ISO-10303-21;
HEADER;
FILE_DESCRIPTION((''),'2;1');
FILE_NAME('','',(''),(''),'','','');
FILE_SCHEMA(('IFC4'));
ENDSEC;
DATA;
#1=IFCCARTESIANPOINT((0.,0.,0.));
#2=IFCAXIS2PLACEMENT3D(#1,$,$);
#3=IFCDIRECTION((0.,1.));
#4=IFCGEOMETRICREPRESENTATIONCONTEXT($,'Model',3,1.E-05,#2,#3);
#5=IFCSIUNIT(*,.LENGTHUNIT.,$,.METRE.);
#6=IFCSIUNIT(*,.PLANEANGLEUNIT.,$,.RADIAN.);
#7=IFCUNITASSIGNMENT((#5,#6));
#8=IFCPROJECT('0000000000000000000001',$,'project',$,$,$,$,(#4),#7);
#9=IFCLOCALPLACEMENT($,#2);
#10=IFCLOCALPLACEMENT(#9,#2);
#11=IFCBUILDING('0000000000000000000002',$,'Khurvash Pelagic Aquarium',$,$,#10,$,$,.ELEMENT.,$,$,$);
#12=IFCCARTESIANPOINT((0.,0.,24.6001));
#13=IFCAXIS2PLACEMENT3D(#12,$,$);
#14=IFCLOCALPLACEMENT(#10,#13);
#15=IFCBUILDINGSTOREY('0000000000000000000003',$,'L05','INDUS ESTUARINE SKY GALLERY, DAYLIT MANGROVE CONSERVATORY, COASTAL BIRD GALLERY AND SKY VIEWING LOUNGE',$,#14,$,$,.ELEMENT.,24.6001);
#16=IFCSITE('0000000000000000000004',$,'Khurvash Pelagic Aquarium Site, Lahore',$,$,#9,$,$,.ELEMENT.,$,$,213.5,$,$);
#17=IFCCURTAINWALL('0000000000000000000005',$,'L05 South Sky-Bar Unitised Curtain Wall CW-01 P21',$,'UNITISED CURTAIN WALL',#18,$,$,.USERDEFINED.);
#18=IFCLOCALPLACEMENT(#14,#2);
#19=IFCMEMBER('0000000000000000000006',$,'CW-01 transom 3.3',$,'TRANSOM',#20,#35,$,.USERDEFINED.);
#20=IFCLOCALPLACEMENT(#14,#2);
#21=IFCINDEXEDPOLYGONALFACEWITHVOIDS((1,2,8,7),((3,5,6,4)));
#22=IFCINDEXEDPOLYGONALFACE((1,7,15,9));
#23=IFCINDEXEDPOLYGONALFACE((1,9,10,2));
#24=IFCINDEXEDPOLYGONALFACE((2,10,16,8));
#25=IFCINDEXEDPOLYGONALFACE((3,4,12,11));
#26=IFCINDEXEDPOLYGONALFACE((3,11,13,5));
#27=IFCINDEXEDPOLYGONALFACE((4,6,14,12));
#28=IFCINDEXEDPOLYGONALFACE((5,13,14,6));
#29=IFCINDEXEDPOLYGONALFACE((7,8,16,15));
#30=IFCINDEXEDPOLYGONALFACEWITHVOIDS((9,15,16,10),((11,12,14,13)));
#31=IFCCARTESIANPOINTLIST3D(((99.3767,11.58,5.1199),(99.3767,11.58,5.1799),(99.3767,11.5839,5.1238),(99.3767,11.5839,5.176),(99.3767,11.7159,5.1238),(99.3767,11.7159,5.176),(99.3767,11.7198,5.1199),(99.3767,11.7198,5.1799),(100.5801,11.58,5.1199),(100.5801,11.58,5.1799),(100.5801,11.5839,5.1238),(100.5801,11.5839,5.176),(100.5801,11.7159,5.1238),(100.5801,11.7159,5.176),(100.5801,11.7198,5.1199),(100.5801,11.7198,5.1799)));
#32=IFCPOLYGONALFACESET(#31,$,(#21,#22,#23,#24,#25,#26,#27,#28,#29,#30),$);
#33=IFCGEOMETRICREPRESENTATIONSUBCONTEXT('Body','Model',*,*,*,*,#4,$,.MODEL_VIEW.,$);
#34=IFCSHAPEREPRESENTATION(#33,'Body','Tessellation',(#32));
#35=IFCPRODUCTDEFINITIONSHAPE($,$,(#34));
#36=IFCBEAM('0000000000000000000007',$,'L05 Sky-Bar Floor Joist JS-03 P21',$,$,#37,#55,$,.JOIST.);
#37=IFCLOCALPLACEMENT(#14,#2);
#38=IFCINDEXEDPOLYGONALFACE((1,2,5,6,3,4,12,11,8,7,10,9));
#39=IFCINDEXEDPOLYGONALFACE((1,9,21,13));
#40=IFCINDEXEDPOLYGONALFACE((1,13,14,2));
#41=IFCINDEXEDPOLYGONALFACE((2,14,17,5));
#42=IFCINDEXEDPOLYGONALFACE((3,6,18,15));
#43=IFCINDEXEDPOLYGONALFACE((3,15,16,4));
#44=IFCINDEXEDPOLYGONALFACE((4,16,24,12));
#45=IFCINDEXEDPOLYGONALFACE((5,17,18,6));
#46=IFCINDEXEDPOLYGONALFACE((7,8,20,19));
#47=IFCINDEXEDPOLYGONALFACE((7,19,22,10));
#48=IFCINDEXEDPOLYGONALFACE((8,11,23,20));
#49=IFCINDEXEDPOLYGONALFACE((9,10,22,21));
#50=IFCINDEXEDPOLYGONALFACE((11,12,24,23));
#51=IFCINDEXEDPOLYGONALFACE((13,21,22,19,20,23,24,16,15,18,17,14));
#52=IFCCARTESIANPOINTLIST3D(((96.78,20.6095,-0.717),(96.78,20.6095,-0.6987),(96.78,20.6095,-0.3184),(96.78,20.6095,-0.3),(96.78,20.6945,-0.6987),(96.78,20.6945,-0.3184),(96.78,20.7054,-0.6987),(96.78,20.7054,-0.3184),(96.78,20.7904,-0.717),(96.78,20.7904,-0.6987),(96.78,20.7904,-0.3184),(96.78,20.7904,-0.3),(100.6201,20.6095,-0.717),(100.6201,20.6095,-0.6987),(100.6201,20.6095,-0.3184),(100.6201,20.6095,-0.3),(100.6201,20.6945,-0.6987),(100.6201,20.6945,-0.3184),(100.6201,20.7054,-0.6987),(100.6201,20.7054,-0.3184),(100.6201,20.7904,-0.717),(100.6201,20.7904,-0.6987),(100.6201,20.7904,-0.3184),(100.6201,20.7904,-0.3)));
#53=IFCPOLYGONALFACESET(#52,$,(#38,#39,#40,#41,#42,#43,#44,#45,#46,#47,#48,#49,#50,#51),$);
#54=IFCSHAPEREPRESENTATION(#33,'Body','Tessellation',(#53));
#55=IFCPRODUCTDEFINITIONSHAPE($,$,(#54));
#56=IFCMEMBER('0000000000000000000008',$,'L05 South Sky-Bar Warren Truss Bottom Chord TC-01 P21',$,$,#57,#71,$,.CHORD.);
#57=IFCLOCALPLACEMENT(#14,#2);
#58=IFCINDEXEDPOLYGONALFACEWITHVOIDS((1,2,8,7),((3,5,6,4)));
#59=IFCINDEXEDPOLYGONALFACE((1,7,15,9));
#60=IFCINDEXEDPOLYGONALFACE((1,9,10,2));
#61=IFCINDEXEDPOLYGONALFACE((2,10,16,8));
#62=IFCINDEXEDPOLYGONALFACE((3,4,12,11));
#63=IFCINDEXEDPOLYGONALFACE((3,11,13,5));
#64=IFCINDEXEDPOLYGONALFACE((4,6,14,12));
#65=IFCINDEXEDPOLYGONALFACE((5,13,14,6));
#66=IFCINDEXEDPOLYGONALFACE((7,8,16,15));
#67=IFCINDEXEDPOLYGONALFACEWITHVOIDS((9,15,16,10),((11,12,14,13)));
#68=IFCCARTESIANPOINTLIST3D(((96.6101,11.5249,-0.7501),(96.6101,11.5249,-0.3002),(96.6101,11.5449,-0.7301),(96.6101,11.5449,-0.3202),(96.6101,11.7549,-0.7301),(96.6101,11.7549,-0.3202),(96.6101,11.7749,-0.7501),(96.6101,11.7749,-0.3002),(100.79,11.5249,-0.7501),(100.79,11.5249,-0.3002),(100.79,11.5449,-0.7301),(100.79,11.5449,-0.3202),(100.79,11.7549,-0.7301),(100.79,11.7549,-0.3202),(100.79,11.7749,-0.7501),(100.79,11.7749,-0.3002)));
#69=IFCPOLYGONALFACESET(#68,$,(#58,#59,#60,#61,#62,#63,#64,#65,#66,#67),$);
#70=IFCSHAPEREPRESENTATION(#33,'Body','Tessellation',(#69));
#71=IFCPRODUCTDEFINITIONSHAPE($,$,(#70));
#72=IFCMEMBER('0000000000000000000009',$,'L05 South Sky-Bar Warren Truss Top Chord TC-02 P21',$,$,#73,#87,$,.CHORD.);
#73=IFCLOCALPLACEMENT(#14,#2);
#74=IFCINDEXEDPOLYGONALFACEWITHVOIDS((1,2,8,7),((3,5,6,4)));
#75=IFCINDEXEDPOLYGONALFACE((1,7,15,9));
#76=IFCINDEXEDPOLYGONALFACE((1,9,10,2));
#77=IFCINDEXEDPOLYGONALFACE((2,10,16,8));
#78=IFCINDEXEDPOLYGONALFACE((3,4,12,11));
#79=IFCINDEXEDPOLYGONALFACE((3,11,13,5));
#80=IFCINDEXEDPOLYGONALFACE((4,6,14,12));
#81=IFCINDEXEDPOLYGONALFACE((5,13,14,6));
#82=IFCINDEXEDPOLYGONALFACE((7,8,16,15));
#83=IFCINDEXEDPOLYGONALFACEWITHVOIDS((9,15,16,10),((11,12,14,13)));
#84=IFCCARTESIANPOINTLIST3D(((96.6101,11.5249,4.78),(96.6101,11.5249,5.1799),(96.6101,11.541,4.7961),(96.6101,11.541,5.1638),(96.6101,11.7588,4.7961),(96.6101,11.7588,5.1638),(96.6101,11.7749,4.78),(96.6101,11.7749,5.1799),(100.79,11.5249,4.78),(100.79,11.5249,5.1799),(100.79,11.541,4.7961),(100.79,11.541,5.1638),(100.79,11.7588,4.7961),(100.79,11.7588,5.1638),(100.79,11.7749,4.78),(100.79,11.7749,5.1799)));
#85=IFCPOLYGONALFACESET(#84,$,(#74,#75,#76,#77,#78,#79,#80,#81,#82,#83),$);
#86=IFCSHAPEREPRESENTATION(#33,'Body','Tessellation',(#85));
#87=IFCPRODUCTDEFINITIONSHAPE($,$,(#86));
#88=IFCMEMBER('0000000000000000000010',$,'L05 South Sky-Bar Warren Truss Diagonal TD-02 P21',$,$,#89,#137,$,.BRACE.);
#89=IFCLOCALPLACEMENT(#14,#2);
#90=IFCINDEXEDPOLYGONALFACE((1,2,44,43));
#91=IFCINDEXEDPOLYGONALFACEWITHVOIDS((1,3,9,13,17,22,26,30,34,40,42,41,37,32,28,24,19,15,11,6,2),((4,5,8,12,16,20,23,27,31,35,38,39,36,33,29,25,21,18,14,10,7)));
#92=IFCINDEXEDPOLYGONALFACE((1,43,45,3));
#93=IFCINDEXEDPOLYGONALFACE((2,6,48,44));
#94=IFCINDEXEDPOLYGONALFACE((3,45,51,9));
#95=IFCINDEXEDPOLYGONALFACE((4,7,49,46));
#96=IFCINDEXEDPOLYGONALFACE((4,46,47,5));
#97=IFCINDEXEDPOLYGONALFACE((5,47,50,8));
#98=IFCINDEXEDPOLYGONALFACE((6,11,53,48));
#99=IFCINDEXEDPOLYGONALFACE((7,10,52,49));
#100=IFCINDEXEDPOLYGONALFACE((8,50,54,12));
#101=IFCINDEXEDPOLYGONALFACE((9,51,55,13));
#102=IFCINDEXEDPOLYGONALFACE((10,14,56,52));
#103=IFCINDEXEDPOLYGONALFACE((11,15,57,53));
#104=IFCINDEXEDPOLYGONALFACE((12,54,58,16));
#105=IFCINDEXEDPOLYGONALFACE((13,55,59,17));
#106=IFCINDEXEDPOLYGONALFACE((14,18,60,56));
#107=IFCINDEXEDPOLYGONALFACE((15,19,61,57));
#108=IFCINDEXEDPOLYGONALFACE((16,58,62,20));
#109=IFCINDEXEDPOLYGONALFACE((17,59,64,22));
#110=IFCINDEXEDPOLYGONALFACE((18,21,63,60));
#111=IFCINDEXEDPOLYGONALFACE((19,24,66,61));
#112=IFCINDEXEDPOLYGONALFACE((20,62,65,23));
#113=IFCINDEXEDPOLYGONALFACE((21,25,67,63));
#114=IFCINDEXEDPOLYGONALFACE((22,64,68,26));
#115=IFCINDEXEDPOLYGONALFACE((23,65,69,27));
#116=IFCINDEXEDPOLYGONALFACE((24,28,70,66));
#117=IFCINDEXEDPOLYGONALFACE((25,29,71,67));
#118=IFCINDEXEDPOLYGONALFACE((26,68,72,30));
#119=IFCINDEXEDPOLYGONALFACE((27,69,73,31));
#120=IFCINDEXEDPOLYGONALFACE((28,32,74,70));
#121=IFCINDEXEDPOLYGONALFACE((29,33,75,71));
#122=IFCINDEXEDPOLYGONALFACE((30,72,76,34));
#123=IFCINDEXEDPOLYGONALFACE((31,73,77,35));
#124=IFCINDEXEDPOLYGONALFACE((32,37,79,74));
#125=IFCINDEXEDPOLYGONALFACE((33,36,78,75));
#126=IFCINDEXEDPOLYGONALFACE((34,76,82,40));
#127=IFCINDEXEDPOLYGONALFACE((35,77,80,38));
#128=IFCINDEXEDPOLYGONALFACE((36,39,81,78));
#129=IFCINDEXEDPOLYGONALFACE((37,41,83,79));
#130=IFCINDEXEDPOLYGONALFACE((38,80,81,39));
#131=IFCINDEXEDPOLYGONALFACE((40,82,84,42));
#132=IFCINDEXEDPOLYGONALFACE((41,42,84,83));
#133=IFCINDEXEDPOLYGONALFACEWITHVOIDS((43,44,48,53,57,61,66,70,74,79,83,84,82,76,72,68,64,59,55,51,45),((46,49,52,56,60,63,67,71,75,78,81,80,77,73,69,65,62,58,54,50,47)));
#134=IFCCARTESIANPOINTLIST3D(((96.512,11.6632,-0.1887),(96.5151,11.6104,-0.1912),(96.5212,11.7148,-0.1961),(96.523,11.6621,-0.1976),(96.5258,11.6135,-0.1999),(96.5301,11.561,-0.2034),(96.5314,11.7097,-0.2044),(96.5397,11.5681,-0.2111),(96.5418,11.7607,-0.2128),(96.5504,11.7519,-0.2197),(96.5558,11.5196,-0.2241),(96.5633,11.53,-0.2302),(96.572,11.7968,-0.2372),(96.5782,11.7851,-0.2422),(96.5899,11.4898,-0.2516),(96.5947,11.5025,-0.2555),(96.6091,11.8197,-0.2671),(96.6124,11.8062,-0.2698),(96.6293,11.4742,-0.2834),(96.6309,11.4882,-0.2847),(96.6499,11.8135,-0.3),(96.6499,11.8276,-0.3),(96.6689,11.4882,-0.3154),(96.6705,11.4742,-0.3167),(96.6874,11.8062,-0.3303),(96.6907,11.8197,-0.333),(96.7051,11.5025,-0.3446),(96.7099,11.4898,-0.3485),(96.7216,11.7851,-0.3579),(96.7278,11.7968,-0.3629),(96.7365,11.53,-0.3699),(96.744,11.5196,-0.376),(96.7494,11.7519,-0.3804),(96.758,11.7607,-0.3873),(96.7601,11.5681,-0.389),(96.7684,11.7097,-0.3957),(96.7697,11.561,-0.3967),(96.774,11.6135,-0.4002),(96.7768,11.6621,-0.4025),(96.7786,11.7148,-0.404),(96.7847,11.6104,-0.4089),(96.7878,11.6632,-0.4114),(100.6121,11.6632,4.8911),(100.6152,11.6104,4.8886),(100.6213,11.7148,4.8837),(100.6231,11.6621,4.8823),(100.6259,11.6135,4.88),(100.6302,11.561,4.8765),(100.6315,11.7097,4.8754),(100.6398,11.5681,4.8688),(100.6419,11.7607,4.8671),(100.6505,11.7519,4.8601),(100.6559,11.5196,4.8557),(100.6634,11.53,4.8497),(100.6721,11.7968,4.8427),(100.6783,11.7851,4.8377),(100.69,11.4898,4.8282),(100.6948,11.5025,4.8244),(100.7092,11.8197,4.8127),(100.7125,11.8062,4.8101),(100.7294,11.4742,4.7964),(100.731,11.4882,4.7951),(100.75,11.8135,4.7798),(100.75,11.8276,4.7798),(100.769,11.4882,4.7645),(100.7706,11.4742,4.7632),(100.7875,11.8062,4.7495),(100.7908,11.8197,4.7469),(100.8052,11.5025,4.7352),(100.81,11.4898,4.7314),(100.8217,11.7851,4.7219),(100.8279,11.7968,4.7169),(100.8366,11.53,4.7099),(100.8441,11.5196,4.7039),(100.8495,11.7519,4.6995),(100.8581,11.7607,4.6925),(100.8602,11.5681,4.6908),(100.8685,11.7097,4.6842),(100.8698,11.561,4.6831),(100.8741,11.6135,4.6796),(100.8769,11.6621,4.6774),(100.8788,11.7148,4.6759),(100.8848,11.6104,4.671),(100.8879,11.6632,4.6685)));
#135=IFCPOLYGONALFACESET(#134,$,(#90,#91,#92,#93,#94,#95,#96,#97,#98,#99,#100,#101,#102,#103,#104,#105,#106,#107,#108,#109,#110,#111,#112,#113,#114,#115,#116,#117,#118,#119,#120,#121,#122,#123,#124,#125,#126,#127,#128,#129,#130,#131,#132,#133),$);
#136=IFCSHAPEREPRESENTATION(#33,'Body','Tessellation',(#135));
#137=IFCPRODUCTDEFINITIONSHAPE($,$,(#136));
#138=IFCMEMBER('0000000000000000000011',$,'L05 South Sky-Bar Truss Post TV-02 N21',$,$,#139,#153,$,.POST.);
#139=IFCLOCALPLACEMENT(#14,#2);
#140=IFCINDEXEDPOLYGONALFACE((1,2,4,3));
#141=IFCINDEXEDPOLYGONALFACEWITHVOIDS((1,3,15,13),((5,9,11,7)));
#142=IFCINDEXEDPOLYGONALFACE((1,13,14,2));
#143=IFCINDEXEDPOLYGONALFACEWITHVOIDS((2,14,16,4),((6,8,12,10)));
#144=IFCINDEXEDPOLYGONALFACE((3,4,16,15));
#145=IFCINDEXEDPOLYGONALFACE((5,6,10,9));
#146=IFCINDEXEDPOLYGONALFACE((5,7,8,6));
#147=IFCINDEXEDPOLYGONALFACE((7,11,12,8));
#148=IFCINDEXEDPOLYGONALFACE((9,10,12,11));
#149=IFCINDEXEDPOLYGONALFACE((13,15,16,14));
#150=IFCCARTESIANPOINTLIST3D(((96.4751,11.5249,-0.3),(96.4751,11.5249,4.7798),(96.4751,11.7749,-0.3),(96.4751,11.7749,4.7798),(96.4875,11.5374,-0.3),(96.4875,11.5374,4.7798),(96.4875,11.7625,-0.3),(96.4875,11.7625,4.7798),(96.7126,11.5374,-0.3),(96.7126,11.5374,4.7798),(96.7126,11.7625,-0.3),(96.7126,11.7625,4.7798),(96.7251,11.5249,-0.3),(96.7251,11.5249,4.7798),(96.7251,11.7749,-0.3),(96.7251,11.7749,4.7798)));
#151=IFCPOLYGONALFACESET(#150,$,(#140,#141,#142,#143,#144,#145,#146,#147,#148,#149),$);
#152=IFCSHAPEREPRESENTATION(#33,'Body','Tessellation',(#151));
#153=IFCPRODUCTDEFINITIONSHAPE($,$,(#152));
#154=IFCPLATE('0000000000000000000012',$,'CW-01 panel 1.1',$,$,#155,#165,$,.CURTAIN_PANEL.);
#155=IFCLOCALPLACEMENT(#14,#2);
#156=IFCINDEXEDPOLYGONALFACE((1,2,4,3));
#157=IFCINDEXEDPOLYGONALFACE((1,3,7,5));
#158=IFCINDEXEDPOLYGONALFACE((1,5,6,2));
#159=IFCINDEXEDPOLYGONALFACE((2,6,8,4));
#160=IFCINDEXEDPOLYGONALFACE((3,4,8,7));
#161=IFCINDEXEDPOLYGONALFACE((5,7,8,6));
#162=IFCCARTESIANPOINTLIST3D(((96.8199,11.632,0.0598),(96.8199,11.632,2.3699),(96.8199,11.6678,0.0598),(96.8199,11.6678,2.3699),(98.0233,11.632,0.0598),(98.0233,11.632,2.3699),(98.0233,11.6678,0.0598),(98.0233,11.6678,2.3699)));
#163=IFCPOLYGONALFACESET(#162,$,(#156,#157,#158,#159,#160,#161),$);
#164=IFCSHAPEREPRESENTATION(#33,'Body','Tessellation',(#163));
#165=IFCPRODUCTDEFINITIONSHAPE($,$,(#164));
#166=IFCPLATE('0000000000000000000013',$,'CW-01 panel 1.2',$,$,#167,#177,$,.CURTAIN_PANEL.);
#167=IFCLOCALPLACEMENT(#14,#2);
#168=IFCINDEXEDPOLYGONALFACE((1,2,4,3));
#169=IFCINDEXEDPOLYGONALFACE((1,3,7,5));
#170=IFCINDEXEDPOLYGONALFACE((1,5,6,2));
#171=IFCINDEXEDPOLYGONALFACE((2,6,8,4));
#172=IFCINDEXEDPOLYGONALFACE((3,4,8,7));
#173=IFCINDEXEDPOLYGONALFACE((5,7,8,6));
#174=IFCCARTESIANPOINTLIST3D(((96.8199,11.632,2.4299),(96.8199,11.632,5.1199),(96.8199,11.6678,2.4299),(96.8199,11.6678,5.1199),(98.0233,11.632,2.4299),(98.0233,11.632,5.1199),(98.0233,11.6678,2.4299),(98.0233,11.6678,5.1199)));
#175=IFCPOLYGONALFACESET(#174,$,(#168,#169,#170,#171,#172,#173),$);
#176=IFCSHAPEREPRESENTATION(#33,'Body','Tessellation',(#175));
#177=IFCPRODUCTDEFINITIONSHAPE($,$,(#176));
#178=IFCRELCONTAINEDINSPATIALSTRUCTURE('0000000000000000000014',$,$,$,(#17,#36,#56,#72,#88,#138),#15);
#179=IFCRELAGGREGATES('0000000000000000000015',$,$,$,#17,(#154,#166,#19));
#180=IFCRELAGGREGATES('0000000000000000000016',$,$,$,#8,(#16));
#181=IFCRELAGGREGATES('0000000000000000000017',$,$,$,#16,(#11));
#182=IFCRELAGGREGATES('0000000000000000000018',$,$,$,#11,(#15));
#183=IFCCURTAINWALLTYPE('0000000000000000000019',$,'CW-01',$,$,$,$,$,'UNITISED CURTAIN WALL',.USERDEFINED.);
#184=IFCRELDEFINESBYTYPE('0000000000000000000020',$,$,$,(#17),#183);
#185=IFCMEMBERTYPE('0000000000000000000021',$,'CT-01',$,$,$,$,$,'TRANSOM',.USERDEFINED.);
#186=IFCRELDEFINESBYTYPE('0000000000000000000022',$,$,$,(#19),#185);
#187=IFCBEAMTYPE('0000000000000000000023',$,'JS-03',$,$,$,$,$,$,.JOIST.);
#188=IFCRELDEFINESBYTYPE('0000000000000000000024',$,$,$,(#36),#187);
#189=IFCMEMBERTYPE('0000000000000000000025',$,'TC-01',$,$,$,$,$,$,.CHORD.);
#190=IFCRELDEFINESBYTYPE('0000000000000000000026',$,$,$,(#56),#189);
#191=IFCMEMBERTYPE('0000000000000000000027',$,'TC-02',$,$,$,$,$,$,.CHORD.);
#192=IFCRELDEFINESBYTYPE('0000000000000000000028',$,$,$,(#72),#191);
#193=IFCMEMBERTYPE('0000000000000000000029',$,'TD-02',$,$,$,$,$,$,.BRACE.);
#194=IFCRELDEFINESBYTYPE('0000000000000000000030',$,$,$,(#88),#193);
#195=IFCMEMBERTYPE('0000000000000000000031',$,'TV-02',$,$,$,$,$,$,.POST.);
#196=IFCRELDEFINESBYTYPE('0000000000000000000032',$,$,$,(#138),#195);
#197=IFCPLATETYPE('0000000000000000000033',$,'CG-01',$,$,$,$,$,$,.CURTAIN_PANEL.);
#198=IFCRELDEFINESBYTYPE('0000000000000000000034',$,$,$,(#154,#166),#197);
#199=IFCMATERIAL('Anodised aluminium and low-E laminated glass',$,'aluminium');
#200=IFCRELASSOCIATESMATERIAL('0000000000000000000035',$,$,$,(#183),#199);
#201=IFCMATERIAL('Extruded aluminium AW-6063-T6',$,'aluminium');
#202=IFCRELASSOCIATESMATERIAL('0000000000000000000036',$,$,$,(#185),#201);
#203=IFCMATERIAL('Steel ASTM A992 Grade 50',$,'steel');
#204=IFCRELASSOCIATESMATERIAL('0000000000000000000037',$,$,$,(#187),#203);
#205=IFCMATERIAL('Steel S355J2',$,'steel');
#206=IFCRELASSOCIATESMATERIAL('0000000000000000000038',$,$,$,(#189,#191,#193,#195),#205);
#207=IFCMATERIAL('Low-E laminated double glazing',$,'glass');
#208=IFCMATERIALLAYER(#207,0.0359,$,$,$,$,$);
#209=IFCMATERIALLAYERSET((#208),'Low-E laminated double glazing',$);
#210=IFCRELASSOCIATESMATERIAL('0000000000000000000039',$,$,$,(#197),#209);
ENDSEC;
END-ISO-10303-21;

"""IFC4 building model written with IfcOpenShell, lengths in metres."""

from ifc_helpers import new_model, si_unit, direction, frame, origin, origin_2d, place, context, subcontext, project, spatial, rectangle, hollow_rectangle, hollow_circle, i_section, extrude, material, layer, layer_set, material_profile, profile_set, type_object, element, aggregate, save


model = new_model("IFC4")

# Units and contexts
model_context = context("Model", 3, precision=1e-05, world=origin(), true_north=direction((0.0, 1.0)))
body_context = subcontext(model_context, "Body", "Model", "MODEL_VIEW")
ifc_project = project(units=[si_unit("LENGTHUNIT", "METRE"), si_unit("PLANEANGLEUNIT", "RADIAN")], contexts=[model_context])

# Site, building, storey
site_placement = place(None, origin())
site = spatial("IfcSite", under=ifc_project, at=site_placement, Name="Khurvash Pelagic Aquarium Site, Lahore", CompositionType="ELEMENT", RefElevation=213.5)
building_placement = place(site_placement, origin())
building = spatial("IfcBuilding", under=site, at=building_placement, Name="Khurvash Pelagic Aquarium", CompositionType="ELEMENT")
storey_placement = place(building_placement, frame((0.0, 0.0, 24.6001)))
storey = spatial("IfcBuildingStorey", under=building, at=storey_placement, Name="L05", Description="INDUS ESTUARINE SKY GALLERY, DAYLIT MANGROVE CONSERVATORY, COASTAL BIRD GALLERY AND SKY VIEWING LOUNGE", CompositionType="ELEMENT", Elevation=24.6001)

# Curtain wall, member
ifc_material_1 = material(Name="Anodised aluminium and low-E laminated glass", Category="aluminium")
curtain_wall_type = type_object("IfcCurtainWallType", Name="CW-01", ElementType="UNITISED CURTAIN WALL", PredefinedType="USERDEFINED", material=ifc_material_1)
curtain_wall_placement = place(storey_placement, origin())
curtain_wall = element("IfcCurtainWall", 1, at=curtain_wall_placement, inside=storey, type_object=curtain_wall_type, Name="L05 South Sky-Bar Unitised Curtain Wall CW-01 P21", ObjectType="UNITISED CURTAIN WALL", PredefinedType="USERDEFINED")
ifc_material_2 = material(Name="Extruded aluminium AW-6063-T6", Category="aluminium")
ifc_material_profile_1 = material_profile(ifc_material_2, hollow_rectangle(XDim=0.1399, YDim=0.0601, WallThickness=0.0039, at=origin_2d()), Name="CWT140X60X4")
ifc_profile_set_1 = profile_set([ifc_material_profile_1], Name="Extruded aluminium AW-6063-T6")
member_type_1 = type_object("IfcMemberType", Name="CT-01", ElementType="TRANSOM", PredefinedType="USERDEFINED", material=ifc_profile_set_1)
member_1_placement = place(storey_placement, frame((99.3767, 11.6499, 5.1499), z_axis=(1.0, 0.0, 0.0), x_axis=(0.0, 1.0, 0.0)))
member_1 = element("IfcMember", 2, at=member_1_placement, type_object=member_type_1, Name="CW-01 transom 3.3", ObjectType="TRANSOM", PredefinedType="USERDEFINED", context=body_context, shape_type="SweptSolid", body=[
    extrude(hollow_rectangle(XDim=0.1399, YDim=0.0601, WallThickness=0.0039, at=origin_2d()), origin(), (0.0, 0.0, 1.0), 1.2034),
])

# Beam
ifc_material_3 = material(Name="Steel ASTM A992 Grade 50", Category="steel")
ifc_material_profile_2 = material_profile(ifc_material_3, i_section(OverallWidth=0.1809, OverallDepth=0.417, WebThickness=0.011, FlangeThickness=0.0183, at=origin_2d()), Name="W16X57")
ifc_profile_set_2 = profile_set([ifc_material_profile_2], Name="Steel ASTM A992 Grade 50")
beam_type = type_object("IfcBeamType", Name="JS-03", PredefinedType="JOIST", material=ifc_profile_set_2)
beam_placement = place(storey_placement, frame((96.78, 20.7, -0.5085), z_axis=(1.0, 0.0, 0.0), x_axis=(0.0, 1.0, 0.0)))
element("IfcBeam", 3, at=beam_placement, inside=storey, type_object=beam_type, Name="L05 Sky-Bar Floor Joist JS-03 P21", PredefinedType="JOIST", context=body_context, shape_type="SweptSolid", body=[
    extrude(i_section(OverallWidth=0.1809, OverallDepth=0.417, WebThickness=0.011, FlangeThickness=0.0183, at=origin_2d()), origin(), (0.0, 0.0, 1.0), 3.8401),
])

# Members
ifc_material_4 = material(Name="Steel S355J2", Category="steel")
ifc_material_profile_3 = material_profile(ifc_material_4, hollow_rectangle(XDim=0.25, YDim=0.45, WallThickness=0.02, at=origin_2d()), Name="RHS450X250X20")
ifc_profile_set_3 = profile_set([ifc_material_profile_3], Name="Steel S355J2")
member_type_2 = type_object("IfcMemberType", Name="TC-01", PredefinedType="CHORD", material=ifc_profile_set_3)
member_2_placement = place(storey_placement, frame((96.6101, 11.6499, -0.5251), z_axis=(1.0, 0.0, 0.0), x_axis=(0.0, 1.0, 0.0)))
element("IfcMember", 4, at=member_2_placement, inside=storey, type_object=member_type_2, Name="L05 South Sky-Bar Warren Truss Bottom Chord TC-01 P21", PredefinedType="CHORD", context=body_context, shape_type="SweptSolid", body=[
    extrude(hollow_rectangle(XDim=0.25, YDim=0.45, WallThickness=0.02, at=origin_2d()), origin(), (0.0, 0.0, 1.0), 4.1799),
])
ifc_material_profile_4 = material_profile(ifc_material_4, hollow_rectangle(XDim=0.25, YDim=0.3999, WallThickness=0.0161, at=origin_2d()), Name="RHS400X250X16")
ifc_profile_set_4 = profile_set([ifc_material_profile_4], Name="Steel S355J2")
member_type_3 = type_object("IfcMemberType", Name="TC-02", PredefinedType="CHORD", material=ifc_profile_set_4)
member_3_placement = place(storey_placement, frame((96.6101, 11.6499, 4.98), z_axis=(1.0, 0.0, 0.0), x_axis=(0.0, 1.0, 0.0)))
element("IfcMember", 5, at=member_3_placement, inside=storey, type_object=member_type_3, Name="L05 South Sky-Bar Warren Truss Top Chord TC-02 P21", PredefinedType="CHORD", context=body_context, shape_type="SweptSolid", body=[
    extrude(hollow_rectangle(XDim=0.25, YDim=0.3999, WallThickness=0.0161, at=origin_2d()), origin(), (0.0, 0.0, 1.0), 4.1799),
])
ifc_material_profile_5 = material_profile(ifc_material_4, hollow_circle(Radius=0.1777, WallThickness=0.0142, at=origin_2d()), Name="CHS355X14")
ifc_profile_set_5 = profile_set([ifc_material_profile_5], Name="Steel S355J2")
member_type_4 = type_object("IfcMemberType", Name="TD-02", PredefinedType="BRACE", material=ifc_profile_set_5)
member_4_placement = place(storey_placement, frame((96.6499, 11.6499, -0.3), z_axis=(0.628073, 0.0, 0.778154), x_axis=(0.0, 1.0, 0.0)))
element("IfcMember", 6, at=member_4_placement, inside=storey, type_object=member_type_4, Name="L05 South Sky-Bar Warren Truss Diagonal TD-02 P21", PredefinedType="BRACE", context=body_context, shape_type="SweptSolid", body=[
    extrude(hollow_circle(Radius=0.1777, WallThickness=0.0142, at=origin_2d()), origin(), (0.0, 0.0, 1.0), 6.5281),
])
ifc_material_profile_6 = material_profile(ifc_material_4, hollow_rectangle(XDim=0.25, YDim=0.25, WallThickness=0.0125, at=origin_2d()), Name="SHS250X250X12")
ifc_profile_set_6 = profile_set([ifc_material_profile_6], Name="Steel S355J2")
member_type_5 = type_object("IfcMemberType", Name="TV-02", PredefinedType="POST", material=ifc_profile_set_6)
member_5_placement = place(storey_placement, frame((96.6001, 11.6499, -0.3), z_axis=(0.0, 0.0, 1.0), x_axis=(1.0, 0.0, 0.0)))
element("IfcMember", 7, at=member_5_placement, inside=storey, type_object=member_type_5, Name="L05 South Sky-Bar Truss Post TV-02 N21", PredefinedType="POST", context=body_context, shape_type="SweptSolid", body=[
    extrude(hollow_rectangle(XDim=0.25, YDim=0.25, WallThickness=0.0125, at=origin_2d()), origin(), (0.0, 0.0, 1.0), 5.0798),
])

# Plates
ifc_material_5 = material(Name="Low-E laminated double glazing", Category="glass")
ifc_layer_1 = layer(ifc_material_5, 0.0359)
ifc_layer_set_1 = layer_set([ifc_layer_1], Name="Low-E laminated double glazing")
plate_type_1 = type_object("IfcPlateType", Name="CG-01", PredefinedType="CURTAIN_PANEL", material=ifc_layer_set_1)
plate_1_placement = place(storey_placement, frame((97.4216, 11.6499, 0.0598), z_axis=(0.0, 0.0, 1.0), x_axis=(1.0, 0.0, 0.0)))
plate_1 = element("IfcPlate", 8, at=plate_1_placement, type_object=plate_type_1, Name="CW-01 panel 1.1", PredefinedType="CURTAIN_PANEL", context=body_context, shape_type="SweptSolid", body=[
    extrude(rectangle(XDim=1.2034, YDim=0.0359, at=origin_2d()), origin(), (0.0, 0.0, 1.0), 2.3101),
])
plate_2_placement = place(storey_placement, frame((97.4216, 11.6499, 2.4299), z_axis=(0.0, 0.0, 1.0), x_axis=(1.0, 0.0, 0.0)))
plate_2 = element("IfcPlate", 9, at=plate_2_placement, type_object=plate_type_1, Name="CW-01 panel 1.2", PredefinedType="CURTAIN_PANEL", context=body_context, shape_type="SweptSolid", body=[
    extrude(rectangle(XDim=1.2034, YDim=0.0359, at=origin_2d()), origin(), (0.0, 0.0, 1.0), 2.6899),
])
aggregate(curtain_wall, [plate_1, plate_2, member_1])

save(model, "model.ifc")
